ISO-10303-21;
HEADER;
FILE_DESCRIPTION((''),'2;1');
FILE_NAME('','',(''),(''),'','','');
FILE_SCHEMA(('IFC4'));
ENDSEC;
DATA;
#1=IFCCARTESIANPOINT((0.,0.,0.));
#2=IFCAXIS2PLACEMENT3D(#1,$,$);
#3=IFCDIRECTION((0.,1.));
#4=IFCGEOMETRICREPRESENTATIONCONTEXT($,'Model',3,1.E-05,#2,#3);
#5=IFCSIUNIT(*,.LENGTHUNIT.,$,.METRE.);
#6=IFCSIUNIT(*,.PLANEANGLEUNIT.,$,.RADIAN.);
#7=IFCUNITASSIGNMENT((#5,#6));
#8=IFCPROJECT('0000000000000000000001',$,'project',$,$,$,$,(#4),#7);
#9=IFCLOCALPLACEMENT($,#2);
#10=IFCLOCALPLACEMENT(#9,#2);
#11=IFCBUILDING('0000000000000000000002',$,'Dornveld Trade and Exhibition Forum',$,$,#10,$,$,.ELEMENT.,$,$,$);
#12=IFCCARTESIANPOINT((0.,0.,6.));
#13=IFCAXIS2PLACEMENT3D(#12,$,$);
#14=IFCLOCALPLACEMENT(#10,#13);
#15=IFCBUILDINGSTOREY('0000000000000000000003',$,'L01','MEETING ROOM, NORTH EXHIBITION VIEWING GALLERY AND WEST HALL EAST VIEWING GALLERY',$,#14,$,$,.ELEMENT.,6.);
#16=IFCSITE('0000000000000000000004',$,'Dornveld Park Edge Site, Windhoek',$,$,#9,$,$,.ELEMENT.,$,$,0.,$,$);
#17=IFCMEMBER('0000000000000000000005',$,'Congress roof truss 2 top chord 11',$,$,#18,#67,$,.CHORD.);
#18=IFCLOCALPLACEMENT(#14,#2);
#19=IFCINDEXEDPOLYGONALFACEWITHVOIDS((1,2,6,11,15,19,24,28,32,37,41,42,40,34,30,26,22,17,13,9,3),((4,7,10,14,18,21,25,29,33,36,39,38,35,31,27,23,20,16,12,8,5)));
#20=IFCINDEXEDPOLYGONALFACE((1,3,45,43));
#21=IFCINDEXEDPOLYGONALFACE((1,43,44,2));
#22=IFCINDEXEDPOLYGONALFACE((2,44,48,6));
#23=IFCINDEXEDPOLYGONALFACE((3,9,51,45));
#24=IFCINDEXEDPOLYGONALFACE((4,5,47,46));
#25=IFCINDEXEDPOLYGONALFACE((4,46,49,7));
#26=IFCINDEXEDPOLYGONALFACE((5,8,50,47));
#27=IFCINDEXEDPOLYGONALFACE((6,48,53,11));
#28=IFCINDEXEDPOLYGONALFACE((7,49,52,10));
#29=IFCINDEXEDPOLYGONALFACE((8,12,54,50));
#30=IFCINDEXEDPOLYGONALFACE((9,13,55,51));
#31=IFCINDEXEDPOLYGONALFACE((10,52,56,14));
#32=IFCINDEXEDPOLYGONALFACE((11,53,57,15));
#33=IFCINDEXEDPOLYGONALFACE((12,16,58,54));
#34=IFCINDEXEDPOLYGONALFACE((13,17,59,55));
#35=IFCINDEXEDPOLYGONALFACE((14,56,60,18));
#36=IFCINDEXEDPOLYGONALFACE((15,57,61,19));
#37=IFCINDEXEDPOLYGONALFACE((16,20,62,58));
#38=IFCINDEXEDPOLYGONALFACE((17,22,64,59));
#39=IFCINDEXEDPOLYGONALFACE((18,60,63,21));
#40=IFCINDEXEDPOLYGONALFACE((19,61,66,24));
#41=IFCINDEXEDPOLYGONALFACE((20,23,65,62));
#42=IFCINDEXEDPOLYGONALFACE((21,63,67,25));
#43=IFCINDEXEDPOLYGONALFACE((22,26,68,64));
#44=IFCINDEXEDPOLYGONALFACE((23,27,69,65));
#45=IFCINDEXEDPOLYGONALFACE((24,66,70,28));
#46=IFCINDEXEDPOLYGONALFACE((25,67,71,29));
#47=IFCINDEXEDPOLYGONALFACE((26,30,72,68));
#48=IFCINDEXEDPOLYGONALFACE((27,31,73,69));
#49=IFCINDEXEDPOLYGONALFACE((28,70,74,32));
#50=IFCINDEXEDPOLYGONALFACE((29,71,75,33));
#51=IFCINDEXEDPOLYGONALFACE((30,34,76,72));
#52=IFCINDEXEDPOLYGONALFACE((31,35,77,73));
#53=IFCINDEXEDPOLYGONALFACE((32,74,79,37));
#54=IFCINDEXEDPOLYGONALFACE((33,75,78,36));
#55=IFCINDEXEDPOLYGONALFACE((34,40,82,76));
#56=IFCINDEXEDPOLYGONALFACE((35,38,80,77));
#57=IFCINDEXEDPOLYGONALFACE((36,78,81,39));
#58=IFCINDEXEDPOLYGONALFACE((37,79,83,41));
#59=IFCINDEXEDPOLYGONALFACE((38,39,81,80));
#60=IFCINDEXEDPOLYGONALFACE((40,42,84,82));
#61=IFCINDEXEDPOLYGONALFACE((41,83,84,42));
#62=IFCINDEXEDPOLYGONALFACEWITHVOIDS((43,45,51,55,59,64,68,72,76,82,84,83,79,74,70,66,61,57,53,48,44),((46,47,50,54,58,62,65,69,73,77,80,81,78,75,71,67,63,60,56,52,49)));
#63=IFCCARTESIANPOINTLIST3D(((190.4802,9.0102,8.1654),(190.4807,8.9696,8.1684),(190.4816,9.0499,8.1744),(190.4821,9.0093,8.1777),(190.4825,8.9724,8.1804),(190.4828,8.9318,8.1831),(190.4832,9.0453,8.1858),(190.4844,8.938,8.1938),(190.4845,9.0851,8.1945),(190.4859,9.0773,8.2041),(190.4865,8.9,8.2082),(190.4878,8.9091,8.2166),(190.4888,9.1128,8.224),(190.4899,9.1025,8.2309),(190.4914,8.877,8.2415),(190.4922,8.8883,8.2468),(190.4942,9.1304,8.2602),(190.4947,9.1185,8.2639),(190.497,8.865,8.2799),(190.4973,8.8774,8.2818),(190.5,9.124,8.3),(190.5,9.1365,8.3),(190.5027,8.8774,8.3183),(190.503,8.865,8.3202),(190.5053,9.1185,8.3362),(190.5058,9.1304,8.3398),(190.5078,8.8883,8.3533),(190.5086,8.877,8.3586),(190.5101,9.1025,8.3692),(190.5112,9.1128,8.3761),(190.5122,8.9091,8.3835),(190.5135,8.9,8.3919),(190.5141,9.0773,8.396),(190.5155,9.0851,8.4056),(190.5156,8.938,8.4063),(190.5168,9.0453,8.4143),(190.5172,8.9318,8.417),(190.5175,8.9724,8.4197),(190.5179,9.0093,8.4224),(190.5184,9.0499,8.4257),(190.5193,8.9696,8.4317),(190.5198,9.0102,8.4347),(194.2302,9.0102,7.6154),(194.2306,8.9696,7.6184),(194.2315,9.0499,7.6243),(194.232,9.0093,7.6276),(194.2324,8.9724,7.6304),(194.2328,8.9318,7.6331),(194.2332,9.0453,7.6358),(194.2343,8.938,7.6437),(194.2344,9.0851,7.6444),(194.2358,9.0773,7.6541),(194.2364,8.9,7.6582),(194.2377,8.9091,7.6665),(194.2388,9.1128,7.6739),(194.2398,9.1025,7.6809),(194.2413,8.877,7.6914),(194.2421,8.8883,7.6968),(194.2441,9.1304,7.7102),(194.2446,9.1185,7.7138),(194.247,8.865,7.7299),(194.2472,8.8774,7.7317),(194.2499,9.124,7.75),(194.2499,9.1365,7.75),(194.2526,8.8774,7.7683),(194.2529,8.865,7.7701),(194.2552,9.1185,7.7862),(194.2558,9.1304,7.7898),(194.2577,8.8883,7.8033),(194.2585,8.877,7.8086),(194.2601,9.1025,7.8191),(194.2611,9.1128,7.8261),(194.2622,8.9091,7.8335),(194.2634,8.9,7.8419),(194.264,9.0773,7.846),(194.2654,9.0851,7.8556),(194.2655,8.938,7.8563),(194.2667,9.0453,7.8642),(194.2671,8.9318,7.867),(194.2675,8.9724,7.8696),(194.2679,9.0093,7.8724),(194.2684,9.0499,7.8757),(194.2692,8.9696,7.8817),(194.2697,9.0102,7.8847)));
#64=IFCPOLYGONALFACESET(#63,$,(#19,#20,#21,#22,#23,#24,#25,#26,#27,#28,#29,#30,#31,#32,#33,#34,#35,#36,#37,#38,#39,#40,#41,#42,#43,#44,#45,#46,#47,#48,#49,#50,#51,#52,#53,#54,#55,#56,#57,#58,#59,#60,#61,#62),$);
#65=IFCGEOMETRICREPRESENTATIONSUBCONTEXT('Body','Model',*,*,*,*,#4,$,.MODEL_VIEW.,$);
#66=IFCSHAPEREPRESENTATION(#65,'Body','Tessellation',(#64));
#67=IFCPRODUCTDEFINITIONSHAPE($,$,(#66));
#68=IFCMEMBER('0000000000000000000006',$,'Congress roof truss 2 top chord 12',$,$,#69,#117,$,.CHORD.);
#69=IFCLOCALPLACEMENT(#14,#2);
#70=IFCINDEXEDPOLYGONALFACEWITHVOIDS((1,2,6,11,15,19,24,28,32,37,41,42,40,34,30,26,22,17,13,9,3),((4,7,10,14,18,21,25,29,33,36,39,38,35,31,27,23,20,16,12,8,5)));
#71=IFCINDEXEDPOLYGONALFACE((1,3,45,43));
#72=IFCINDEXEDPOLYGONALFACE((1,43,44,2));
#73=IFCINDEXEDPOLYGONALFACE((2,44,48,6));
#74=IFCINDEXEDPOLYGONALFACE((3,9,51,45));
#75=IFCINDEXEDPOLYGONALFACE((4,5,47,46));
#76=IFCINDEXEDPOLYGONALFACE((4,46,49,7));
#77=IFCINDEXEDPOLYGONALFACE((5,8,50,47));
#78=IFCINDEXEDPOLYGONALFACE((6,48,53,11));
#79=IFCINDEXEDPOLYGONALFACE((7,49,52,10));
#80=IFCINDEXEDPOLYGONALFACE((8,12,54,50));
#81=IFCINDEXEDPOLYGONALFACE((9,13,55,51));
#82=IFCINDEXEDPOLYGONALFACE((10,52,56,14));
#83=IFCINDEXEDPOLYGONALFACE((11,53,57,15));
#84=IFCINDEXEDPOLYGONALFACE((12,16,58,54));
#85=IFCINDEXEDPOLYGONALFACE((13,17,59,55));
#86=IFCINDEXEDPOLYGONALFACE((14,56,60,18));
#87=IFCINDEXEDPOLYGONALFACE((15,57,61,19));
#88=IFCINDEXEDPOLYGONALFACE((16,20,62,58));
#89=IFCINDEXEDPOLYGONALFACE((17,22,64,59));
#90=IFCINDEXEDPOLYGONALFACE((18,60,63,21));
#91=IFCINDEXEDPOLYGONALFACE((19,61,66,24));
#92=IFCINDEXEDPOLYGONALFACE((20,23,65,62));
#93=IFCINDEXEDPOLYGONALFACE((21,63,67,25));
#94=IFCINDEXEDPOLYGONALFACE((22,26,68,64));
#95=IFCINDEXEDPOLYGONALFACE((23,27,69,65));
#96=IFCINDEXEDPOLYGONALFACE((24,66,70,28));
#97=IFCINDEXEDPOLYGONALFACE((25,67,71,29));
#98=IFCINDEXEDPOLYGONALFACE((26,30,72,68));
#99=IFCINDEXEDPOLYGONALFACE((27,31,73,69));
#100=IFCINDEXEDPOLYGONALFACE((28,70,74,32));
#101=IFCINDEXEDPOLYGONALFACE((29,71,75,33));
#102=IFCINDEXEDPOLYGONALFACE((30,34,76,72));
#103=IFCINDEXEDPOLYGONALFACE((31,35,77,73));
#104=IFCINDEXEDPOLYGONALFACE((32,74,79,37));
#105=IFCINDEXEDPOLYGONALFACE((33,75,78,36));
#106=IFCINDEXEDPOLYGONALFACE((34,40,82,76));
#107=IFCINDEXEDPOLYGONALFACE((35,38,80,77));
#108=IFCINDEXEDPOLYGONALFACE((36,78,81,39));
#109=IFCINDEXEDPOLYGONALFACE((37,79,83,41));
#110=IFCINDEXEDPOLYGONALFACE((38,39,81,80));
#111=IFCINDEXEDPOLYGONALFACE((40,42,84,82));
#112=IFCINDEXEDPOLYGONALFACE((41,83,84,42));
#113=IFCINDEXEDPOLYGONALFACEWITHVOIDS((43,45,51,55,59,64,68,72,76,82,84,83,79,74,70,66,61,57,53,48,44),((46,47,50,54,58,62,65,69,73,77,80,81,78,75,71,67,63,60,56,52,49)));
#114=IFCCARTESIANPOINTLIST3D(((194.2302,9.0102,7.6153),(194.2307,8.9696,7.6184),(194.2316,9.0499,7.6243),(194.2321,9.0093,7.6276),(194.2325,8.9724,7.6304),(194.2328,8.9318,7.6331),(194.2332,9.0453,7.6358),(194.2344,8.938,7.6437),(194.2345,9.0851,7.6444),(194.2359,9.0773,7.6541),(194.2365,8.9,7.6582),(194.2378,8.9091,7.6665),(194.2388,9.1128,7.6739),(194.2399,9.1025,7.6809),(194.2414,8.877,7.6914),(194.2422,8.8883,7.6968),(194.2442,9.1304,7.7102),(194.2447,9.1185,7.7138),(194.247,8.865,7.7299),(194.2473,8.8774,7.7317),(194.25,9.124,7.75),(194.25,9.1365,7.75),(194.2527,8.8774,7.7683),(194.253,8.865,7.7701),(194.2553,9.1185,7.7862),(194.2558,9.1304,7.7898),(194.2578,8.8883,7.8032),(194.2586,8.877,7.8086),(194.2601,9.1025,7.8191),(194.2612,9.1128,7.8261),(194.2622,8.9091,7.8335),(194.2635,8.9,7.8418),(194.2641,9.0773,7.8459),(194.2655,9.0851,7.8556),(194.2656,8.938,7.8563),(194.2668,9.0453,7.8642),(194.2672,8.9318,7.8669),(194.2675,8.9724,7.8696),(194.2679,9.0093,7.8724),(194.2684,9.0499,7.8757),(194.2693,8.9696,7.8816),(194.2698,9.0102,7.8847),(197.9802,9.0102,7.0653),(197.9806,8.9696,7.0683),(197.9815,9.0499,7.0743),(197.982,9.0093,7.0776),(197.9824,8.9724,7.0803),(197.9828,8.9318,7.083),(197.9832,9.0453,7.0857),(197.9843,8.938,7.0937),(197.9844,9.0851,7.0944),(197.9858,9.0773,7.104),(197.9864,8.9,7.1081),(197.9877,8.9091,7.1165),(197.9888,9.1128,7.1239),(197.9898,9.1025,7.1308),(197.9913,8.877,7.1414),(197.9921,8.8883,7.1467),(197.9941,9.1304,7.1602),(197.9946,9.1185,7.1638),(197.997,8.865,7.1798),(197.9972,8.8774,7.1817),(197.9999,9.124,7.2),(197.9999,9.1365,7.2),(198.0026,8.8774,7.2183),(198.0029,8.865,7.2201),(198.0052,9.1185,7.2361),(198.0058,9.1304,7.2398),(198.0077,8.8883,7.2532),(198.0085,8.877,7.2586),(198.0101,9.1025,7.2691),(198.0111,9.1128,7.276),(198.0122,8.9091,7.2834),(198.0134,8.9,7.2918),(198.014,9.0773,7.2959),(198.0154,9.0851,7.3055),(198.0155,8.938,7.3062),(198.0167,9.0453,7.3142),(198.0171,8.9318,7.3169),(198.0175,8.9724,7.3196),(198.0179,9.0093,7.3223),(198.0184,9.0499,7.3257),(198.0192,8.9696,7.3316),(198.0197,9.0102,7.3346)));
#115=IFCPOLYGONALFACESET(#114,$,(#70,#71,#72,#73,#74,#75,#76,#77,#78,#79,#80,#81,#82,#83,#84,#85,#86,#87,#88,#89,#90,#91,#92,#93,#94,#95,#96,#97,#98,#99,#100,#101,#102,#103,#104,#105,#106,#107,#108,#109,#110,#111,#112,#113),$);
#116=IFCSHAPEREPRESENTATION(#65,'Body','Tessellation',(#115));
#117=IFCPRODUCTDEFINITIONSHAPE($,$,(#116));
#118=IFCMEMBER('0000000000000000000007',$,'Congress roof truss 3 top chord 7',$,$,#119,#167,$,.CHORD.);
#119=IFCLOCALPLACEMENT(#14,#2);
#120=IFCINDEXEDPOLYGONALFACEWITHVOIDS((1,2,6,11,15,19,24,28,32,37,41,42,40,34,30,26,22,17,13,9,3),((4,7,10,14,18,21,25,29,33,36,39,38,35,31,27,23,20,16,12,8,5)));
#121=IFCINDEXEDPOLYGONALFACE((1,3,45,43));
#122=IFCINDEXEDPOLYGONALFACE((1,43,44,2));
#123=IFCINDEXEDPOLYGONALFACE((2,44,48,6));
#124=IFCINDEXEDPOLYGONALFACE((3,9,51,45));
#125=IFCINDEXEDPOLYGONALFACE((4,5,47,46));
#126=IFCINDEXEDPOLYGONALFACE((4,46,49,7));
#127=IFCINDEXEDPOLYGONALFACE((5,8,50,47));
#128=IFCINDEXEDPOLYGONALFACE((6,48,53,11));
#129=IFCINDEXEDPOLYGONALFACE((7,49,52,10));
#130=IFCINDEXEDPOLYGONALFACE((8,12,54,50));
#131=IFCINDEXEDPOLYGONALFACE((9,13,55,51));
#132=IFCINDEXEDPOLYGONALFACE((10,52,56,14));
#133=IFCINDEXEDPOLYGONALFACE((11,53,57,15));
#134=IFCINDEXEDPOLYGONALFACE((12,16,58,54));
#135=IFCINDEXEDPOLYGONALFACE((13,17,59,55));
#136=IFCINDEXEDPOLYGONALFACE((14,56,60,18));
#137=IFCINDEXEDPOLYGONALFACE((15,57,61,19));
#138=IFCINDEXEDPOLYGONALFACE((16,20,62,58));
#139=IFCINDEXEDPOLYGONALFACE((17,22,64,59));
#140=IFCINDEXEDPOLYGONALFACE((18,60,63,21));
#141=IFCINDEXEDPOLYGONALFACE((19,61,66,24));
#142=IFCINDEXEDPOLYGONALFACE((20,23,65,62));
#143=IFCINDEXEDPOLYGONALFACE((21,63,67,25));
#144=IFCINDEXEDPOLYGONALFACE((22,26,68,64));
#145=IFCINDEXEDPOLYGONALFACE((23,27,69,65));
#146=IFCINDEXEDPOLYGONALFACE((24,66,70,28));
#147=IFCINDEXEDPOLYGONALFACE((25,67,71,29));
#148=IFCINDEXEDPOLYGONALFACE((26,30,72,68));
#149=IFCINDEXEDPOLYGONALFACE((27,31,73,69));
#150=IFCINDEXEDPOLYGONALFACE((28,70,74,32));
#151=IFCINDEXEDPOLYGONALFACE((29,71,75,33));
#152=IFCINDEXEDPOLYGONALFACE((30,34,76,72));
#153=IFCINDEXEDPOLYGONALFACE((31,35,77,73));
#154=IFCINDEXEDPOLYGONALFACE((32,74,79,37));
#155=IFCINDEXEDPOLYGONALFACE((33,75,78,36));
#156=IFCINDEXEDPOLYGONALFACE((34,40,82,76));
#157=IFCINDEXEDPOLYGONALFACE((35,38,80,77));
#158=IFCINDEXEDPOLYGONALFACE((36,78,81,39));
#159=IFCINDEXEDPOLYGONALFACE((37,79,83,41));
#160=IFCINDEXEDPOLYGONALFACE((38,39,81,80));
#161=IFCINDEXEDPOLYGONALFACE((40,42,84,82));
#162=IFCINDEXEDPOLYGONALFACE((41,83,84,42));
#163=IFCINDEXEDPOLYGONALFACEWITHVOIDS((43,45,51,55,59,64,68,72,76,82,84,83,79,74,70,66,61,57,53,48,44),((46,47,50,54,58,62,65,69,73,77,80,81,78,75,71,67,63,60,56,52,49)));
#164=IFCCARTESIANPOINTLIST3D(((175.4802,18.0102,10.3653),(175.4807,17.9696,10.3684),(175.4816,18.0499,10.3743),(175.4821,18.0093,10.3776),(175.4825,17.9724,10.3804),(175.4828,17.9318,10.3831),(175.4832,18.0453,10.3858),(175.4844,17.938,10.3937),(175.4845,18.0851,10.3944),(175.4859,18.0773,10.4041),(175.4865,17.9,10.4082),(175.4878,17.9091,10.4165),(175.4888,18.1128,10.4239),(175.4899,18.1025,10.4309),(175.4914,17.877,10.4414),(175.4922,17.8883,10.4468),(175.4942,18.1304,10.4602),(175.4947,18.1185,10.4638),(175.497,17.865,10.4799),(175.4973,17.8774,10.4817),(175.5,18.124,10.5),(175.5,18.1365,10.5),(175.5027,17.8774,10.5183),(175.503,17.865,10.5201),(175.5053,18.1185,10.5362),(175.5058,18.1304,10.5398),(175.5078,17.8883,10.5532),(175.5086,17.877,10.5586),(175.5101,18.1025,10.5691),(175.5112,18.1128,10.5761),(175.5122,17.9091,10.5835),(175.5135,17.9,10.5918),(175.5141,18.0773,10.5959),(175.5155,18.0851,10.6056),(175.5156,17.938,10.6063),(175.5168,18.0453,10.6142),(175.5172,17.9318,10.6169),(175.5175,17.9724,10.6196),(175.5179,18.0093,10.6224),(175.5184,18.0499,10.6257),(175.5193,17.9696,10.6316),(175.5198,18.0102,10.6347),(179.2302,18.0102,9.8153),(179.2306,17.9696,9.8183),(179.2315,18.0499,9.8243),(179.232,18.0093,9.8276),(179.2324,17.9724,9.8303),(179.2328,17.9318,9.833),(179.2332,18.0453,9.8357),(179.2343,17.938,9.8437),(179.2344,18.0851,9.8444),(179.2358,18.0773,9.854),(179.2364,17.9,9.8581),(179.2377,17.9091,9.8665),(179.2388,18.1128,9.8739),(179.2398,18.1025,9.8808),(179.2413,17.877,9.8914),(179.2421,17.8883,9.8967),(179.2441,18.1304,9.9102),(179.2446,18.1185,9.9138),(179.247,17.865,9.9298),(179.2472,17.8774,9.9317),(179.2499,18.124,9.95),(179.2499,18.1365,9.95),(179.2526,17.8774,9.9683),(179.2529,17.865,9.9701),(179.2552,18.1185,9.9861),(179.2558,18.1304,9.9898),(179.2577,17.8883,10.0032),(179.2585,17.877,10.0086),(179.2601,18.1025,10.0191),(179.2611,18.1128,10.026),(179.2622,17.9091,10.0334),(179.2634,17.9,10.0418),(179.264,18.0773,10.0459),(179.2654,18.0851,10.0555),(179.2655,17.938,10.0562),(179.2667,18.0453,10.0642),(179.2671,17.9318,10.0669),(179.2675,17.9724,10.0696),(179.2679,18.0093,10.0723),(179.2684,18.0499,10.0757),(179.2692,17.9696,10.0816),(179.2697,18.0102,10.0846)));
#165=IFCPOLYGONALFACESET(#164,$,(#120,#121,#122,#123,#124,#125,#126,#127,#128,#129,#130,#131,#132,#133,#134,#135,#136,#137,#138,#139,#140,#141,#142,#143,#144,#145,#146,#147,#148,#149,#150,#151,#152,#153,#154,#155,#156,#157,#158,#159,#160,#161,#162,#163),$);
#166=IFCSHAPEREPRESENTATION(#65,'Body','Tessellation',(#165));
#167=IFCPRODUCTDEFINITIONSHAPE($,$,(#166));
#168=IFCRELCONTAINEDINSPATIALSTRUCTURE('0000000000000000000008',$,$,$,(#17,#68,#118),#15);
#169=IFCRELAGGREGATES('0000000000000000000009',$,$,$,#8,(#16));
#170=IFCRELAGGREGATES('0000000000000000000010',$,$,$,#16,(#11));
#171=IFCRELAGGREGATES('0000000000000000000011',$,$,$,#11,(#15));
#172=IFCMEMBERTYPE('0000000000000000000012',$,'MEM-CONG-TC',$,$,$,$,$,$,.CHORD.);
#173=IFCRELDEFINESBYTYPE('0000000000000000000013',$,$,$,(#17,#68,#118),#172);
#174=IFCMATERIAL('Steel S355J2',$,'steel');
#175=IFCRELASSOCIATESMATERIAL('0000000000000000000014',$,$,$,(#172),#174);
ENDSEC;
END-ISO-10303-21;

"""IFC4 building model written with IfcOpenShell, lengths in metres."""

from ifc_helpers import new_model, si_unit, direction, frame, origin, origin_2d, place, context, subcontext, project, spatial, hollow_circle, extrude, material, material_profile, profile_set, type_object, element, save


model = new_model("IFC4")

# Units and contexts
model_context = context("Model", 3, precision=1e-05, world=origin(), true_north=direction((0.0, 1.0)))
body_context = subcontext(model_context, "Body", "Model", "MODEL_VIEW")
ifc_project = project(units=[si_unit("LENGTHUNIT", "METRE"), si_unit("PLANEANGLEUNIT", "RADIAN")], contexts=[model_context])

# Site, building, storey
site_placement = place(None, origin())
site = spatial("IfcSite", under=ifc_project, at=site_placement, Name="Dornveld Park Edge Site, Windhoek", CompositionType="ELEMENT", RefElevation=0.0)
building_placement = place(site_placement, origin())
building = spatial("IfcBuilding", under=site, at=building_placement, Name="Dornveld Trade and Exhibition Forum", CompositionType="ELEMENT")
storey_placement = place(building_placement, frame((0.0, 0.0, 6.0)))
storey = spatial("IfcBuildingStorey", under=building, at=storey_placement, Name="L01", Description="MEETING ROOM, NORTH EXHIBITION VIEWING GALLERY AND WEST HALL EAST VIEWING GALLERY", CompositionType="ELEMENT", Elevation=6.0)

# Members
ifc_material_1 = material(Name="Steel S355J2", Category="steel")
ifc_material_profile_1 = material_profile(ifc_material_1, hollow_circle(Radius=0.1365, WallThickness=0.0125, at=origin_2d()), Name="CHS 273x12.5")
ifc_profile_set_1 = profile_set([ifc_material_profile_1], Name="Steel S355J2")
member_type_1 = type_object("IfcMemberType", Name="MEM-CONG-TC", PredefinedType="CHORD", material=ifc_profile_set_1)
for number, where, z_axis, x_axis, name in (
    (1, (190.5, 9.0, 8.3), (0.989413, 0.0, -0.145127), (0.0, 1.0, 0.0), "Congress roof truss 2 top chord 11"),
    (2, (194.25, 9.0, 7.75), (0.989413, 0.0, -0.145127), (0.0, 1.0, 0.0), "Congress roof truss 2 top chord 12"),
    (3, (175.5, 18.0, 10.5), (0.989413, 0.0, -0.145127), (0.0, 1.0, 0.0), "Congress roof truss 3 top chord 7"),
):
    element("IfcMember", number, at=place(storey_placement, frame(where, z_axis=z_axis, x_axis=x_axis)), inside=storey, type_object=member_type_1, Name=name, PredefinedType="CHORD", context=body_context, shape_type="SweptSolid", body=[
        extrude(hollow_circle(Radius=0.1365, WallThickness=0.0125, at=origin_2d()), origin(), (0.0, 0.0, 1.0), 3.79),
    ])

save(model, "model.ifc")
